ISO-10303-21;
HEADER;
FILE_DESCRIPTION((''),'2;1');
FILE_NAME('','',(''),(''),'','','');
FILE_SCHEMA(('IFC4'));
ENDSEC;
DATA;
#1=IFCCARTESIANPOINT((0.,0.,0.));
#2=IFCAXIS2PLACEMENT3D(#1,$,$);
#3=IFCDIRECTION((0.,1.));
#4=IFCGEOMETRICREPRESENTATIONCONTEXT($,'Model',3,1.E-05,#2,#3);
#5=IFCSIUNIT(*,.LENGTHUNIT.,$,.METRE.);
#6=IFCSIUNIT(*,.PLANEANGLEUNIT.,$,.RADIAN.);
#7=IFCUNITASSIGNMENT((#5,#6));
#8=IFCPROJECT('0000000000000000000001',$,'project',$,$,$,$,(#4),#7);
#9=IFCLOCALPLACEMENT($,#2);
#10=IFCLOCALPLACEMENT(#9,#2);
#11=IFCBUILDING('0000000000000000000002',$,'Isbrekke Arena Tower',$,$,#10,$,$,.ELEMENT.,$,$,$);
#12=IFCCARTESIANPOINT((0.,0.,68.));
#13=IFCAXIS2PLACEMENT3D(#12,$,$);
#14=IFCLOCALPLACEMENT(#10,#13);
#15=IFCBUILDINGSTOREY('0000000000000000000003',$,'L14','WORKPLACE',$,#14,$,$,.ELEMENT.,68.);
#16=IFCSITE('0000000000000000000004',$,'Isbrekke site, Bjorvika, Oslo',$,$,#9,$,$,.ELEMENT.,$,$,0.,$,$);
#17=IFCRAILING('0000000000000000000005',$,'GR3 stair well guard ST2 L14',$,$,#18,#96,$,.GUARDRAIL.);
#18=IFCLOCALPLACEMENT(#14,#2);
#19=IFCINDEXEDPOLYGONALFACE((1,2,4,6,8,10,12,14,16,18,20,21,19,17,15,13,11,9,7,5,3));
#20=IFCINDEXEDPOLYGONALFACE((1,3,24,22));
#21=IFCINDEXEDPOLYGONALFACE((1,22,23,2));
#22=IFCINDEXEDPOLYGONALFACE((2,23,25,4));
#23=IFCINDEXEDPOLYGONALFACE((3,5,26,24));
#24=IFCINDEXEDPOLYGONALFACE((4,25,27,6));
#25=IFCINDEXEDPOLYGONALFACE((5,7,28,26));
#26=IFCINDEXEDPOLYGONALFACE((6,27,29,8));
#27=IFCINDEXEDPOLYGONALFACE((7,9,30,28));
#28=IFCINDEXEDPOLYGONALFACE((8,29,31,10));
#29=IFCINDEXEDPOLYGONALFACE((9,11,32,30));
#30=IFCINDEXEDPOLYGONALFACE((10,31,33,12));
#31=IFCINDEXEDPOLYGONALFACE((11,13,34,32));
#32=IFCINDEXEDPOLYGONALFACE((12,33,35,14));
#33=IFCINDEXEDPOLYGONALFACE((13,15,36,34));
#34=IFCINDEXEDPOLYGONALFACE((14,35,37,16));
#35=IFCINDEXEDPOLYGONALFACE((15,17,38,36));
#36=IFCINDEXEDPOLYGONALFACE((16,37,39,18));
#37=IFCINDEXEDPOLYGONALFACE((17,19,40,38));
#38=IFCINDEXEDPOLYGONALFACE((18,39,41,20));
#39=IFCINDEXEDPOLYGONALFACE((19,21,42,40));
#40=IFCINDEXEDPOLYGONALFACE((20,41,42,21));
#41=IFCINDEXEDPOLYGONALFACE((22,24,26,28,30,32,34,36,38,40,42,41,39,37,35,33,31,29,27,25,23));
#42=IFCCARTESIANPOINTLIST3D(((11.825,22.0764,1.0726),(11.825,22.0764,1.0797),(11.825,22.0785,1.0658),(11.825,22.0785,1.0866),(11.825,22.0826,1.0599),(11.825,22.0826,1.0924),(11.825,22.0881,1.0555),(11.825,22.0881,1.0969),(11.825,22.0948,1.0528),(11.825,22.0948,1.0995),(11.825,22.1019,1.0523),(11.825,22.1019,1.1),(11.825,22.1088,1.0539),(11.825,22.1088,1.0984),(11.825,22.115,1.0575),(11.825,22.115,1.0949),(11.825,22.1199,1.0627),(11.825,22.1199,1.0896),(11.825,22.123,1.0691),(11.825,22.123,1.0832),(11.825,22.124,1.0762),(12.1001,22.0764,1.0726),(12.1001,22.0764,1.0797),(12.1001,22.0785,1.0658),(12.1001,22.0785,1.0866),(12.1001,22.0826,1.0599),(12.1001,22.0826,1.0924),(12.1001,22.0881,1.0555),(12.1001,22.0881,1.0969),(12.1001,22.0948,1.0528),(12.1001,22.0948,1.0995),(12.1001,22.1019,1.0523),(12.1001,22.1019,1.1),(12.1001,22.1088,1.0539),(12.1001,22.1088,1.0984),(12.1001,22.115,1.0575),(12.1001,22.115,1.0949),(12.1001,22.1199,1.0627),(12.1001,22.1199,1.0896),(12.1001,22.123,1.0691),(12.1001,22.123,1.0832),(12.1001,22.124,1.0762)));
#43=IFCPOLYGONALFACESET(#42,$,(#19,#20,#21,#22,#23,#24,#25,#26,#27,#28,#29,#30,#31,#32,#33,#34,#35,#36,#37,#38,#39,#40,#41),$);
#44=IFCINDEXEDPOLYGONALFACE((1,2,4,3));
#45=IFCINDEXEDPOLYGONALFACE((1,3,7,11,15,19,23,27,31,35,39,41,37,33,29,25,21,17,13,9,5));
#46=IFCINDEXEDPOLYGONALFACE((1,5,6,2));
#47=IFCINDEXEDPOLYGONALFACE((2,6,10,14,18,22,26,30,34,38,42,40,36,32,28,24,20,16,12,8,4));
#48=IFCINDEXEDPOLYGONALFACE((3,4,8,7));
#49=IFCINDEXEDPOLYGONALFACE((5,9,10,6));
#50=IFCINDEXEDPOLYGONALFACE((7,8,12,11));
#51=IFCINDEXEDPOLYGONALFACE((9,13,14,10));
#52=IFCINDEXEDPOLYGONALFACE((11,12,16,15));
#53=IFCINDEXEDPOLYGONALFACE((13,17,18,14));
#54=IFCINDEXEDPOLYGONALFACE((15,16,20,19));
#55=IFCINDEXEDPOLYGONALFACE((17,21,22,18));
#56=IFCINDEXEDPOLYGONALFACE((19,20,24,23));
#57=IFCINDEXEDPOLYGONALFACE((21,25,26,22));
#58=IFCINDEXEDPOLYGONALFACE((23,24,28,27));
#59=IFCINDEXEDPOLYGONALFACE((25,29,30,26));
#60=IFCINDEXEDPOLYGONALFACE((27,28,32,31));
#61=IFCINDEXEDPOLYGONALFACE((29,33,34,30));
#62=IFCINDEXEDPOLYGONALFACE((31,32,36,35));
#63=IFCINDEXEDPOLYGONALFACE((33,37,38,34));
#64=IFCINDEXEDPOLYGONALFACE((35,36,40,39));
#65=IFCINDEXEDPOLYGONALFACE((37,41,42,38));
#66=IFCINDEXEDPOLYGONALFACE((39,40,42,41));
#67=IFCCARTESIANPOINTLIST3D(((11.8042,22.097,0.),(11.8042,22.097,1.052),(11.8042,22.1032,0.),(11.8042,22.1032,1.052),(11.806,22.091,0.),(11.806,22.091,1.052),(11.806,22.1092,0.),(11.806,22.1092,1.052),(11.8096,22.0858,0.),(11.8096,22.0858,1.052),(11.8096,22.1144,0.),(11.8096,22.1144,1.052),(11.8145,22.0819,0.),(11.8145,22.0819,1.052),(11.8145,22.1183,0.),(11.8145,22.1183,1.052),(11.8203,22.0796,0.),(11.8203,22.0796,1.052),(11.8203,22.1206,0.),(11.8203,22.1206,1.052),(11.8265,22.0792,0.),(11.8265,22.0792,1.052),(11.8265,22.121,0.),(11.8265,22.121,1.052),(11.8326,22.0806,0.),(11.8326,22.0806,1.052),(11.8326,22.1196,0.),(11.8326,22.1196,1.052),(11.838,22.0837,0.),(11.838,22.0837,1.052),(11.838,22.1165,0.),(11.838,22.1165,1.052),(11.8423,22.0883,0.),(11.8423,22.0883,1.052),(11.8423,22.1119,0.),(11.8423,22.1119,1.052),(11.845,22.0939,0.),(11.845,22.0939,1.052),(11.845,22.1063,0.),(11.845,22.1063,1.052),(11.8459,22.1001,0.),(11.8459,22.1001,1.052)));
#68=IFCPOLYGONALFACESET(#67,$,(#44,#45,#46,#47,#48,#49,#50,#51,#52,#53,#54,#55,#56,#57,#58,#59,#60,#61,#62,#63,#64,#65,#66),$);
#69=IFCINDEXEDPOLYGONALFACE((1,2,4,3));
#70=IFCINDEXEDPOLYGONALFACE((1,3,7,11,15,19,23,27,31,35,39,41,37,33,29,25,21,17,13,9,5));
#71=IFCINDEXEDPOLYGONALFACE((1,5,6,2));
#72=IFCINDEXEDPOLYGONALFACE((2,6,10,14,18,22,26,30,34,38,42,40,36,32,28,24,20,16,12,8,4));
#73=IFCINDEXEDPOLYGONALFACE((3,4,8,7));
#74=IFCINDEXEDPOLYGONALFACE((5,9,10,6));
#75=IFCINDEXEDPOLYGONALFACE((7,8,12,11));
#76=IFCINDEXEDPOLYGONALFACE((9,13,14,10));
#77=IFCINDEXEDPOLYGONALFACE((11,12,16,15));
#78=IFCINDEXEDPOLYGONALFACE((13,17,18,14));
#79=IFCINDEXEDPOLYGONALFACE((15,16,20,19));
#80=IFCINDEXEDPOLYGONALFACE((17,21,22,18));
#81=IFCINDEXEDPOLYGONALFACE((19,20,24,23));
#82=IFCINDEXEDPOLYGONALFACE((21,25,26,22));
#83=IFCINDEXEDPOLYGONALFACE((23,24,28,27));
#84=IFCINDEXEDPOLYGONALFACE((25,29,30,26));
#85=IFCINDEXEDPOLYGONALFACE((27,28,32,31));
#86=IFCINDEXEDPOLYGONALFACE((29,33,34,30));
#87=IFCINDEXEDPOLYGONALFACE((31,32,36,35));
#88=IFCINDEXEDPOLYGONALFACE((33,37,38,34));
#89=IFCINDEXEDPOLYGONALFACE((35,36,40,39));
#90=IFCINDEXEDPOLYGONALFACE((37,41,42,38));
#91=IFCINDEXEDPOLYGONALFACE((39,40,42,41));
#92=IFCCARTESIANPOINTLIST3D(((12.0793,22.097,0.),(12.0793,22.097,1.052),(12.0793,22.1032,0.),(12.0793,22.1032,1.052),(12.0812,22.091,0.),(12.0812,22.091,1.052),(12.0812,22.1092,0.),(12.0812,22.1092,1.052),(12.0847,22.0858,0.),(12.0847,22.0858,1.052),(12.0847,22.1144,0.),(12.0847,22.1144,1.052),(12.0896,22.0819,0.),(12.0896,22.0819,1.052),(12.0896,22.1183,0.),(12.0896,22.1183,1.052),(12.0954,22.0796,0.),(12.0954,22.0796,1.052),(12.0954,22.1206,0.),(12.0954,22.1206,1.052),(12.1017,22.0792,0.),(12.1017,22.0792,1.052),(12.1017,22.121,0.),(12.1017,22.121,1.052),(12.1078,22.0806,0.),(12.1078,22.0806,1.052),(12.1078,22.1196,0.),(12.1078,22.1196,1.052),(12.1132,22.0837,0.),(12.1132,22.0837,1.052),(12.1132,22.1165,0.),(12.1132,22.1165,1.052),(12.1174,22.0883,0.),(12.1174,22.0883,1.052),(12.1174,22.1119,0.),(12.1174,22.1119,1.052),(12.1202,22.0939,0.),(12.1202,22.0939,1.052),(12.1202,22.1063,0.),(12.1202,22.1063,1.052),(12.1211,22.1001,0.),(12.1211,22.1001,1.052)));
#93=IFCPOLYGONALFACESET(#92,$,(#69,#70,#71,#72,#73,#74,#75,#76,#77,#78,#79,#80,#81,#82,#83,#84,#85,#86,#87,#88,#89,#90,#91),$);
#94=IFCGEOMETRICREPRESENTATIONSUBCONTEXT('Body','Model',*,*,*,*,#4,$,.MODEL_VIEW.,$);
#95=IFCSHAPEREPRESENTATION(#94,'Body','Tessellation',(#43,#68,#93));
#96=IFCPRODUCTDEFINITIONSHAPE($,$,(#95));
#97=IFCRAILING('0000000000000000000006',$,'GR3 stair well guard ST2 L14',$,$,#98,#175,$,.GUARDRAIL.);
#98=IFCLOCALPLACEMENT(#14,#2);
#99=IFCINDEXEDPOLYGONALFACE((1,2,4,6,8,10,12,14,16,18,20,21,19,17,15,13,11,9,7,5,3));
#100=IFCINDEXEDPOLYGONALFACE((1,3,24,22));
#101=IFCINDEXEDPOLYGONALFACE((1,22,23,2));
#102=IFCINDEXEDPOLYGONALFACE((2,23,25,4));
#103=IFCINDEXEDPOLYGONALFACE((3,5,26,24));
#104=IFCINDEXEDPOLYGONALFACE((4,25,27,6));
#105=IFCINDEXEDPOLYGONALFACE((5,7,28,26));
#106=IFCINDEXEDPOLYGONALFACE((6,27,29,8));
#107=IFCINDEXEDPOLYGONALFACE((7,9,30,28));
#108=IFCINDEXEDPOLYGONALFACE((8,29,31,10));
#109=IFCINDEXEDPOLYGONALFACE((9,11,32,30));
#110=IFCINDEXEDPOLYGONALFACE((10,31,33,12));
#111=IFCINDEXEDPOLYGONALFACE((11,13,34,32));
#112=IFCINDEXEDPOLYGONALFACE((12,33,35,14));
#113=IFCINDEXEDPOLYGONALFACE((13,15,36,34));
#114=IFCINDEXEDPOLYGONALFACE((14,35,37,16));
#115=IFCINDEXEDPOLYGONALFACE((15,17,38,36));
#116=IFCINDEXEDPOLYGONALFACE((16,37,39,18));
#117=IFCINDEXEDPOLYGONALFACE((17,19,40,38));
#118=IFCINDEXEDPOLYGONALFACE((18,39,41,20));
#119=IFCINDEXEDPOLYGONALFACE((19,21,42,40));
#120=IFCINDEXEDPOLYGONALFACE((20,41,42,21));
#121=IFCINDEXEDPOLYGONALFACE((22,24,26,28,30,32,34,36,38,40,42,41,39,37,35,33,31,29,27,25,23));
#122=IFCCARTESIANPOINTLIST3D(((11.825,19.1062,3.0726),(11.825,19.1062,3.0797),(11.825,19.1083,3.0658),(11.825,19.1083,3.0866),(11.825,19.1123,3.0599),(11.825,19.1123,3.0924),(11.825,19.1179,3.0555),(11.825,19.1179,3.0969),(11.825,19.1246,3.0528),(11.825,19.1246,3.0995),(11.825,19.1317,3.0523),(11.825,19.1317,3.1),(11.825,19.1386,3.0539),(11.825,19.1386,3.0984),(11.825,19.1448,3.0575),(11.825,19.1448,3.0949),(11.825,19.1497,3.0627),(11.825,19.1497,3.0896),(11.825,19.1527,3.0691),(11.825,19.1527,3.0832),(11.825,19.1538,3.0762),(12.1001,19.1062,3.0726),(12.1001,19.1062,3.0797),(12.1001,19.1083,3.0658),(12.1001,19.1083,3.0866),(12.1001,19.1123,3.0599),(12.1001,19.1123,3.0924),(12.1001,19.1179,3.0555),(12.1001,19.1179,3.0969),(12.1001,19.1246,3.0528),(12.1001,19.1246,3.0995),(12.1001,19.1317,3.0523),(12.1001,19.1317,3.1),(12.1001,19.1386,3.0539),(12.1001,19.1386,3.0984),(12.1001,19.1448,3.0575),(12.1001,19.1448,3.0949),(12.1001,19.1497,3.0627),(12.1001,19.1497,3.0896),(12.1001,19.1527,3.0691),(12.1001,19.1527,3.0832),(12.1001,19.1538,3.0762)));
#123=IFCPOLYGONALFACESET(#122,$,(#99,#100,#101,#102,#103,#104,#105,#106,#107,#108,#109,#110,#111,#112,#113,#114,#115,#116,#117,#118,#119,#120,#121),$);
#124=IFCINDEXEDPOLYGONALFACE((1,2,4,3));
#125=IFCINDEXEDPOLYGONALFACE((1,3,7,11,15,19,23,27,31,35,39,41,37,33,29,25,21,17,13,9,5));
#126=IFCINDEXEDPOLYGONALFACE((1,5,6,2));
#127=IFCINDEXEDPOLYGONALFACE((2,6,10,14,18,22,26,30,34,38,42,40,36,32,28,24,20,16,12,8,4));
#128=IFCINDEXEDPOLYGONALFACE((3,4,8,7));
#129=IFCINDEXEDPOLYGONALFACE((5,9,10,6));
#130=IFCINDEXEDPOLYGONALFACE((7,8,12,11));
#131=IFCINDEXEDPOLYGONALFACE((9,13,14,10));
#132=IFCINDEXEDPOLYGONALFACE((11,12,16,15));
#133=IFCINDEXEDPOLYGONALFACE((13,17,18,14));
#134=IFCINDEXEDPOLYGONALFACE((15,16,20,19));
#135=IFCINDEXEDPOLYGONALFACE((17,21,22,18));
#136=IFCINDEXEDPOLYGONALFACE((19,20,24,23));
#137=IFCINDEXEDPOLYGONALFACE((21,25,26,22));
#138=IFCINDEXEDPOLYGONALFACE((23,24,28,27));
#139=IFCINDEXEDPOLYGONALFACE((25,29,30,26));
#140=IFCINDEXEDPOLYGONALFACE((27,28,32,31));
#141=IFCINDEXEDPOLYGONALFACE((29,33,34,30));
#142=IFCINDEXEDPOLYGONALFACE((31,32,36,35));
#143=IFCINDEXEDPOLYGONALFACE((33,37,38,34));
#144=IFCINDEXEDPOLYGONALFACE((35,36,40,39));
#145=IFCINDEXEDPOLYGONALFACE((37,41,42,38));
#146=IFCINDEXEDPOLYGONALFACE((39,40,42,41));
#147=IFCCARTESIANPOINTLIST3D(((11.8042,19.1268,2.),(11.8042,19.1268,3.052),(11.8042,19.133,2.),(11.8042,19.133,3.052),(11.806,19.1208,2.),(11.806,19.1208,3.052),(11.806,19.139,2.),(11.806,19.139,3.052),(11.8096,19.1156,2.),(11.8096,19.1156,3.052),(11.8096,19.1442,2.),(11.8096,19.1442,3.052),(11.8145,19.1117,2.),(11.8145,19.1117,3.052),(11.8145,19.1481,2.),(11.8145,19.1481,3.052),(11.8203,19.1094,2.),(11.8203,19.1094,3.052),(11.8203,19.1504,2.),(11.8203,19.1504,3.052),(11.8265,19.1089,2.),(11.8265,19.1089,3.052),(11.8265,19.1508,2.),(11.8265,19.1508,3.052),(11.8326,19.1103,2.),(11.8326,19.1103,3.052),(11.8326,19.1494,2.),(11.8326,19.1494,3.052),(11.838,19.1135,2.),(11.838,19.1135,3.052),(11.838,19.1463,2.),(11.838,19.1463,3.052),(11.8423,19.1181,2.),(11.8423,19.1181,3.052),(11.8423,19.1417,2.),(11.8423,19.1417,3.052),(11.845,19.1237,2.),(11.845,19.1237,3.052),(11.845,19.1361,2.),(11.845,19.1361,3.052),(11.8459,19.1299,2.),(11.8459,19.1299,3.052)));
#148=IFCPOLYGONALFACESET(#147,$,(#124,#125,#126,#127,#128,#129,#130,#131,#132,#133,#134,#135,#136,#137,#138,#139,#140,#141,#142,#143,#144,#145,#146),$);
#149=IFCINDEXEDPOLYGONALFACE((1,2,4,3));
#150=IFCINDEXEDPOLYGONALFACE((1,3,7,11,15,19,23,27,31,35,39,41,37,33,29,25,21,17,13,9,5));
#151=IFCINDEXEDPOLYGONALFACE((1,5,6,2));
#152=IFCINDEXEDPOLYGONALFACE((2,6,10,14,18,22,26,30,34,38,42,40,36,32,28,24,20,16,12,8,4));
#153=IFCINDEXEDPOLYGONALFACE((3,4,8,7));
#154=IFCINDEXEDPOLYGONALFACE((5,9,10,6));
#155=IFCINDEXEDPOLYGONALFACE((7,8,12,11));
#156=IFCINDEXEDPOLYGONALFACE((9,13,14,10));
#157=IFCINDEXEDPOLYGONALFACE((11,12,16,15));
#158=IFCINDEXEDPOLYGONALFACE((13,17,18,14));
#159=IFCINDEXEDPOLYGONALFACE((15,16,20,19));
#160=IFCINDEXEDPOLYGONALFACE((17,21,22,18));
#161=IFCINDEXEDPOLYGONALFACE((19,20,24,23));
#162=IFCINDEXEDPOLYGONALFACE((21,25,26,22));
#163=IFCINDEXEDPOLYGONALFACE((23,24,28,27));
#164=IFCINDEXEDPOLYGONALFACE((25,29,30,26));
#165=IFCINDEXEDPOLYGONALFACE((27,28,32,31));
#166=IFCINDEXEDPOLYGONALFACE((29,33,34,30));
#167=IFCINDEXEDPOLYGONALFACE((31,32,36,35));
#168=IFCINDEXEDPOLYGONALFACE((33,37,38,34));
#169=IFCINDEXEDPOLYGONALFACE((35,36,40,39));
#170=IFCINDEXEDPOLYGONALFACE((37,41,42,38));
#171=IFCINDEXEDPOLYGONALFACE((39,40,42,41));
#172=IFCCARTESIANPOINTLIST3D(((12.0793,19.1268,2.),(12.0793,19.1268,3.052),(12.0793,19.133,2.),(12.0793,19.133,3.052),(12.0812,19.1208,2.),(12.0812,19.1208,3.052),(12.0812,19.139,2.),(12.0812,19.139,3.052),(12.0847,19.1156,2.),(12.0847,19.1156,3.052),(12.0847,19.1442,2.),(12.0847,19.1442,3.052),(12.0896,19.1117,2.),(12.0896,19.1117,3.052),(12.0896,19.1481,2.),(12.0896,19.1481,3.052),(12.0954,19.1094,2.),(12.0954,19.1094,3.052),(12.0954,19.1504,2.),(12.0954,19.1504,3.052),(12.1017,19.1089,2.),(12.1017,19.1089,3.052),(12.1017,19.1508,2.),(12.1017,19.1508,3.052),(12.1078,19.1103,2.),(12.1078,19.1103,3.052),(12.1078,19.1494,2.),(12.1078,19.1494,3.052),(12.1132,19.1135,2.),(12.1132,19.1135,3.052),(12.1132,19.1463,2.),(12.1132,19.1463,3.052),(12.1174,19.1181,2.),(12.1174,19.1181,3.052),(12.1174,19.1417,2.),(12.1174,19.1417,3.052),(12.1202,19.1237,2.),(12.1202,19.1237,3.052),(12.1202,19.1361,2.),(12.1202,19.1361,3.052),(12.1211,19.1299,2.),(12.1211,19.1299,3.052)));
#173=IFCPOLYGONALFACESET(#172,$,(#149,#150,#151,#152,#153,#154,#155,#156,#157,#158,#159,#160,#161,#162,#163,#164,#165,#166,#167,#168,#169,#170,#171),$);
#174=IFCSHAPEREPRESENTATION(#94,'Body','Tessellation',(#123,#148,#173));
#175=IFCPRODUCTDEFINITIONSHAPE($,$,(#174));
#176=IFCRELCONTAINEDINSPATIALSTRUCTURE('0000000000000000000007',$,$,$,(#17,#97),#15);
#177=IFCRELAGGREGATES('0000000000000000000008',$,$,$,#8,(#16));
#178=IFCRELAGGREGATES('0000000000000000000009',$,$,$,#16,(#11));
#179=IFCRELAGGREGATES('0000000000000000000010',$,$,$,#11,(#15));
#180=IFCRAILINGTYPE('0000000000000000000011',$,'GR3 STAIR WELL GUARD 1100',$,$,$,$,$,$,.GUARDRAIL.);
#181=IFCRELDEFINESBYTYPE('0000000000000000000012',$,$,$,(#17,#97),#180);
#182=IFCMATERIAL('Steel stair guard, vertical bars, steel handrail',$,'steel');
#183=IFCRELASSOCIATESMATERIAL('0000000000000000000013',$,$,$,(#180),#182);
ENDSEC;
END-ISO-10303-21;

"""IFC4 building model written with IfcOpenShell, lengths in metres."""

from ifc_helpers import new_model, si_unit, direction, frame, origin, origin_2d, place, context, subcontext, project, spatial, circle, extrude, material, type_object, element, save


model = new_model("IFC4")

# Units and contexts
model_context = context("Model", 3, precision=1e-05, world=origin(), true_north=direction((0.0, 1.0)))
body_context = subcontext(model_context, "Body", "Model", "MODEL_VIEW")
ifc_project = project(units=[si_unit("LENGTHUNIT", "METRE"), si_unit("PLANEANGLEUNIT", "RADIAN")], contexts=[model_context])

# Site, building, storey
site_placement = place(None, origin())
site = spatial("IfcSite", under=ifc_project, at=site_placement, Name="Isbrekke site, Bjorvika, Oslo", CompositionType="ELEMENT", RefElevation=0.0)
building_placement = place(site_placement, origin())
building = spatial("IfcBuilding", under=site, at=building_placement, Name="Isbrekke Arena Tower", CompositionType="ELEMENT")
storey_placement = place(building_placement, frame((0.0, 0.0, 68.0)))
storey = spatial("IfcBuildingStorey", under=building, at=storey_placement, Name="L14", Description="WORKPLACE", CompositionType="ELEMENT", Elevation=68.0)

# Railings
ifc_material_1 = material(Name="Steel stair guard, vertical bars, steel handrail", Category="steel")
railing_type = type_object("IfcRailingType", Name="GR3 STAIR WELL GUARD 1100", PredefinedType="GUARDRAIL", material=ifc_material_1)
for number, where, name in (
    (1, (11.825, 22.1001, 0.0), "GR3 stair well guard ST2 L14"),
    (2, (11.825, 19.1299, 2.0), "GR3 stair well guard ST2 L14"),
):
    element("IfcRailing", number, at=place(storey_placement, frame(where)), inside=storey, type_object=railing_type, Name=name, PredefinedType="GUARDRAIL", context=body_context, shape_type="SweptSolid", body=[
        extrude(circle(Radius=0.0239, at=origin_2d()), frame((0.0, 0.0, 1.0762), z_axis=(1.0, 0.0, 0.0), x_axis=(0.0, 1.0, 0.0)), (0.0, 0.0, 1.0), 0.2751),
        extrude(circle(Radius=0.021, at=origin_2d()), origin(), (0.0, 0.0, 1.0), 1.052),
        extrude(circle(Radius=0.021, at=origin_2d()), frame((0.2751, 0.0, 0.0)), (0.0, 0.0, 1.0), 1.052),
    ])

save(model, "model.ifc")
